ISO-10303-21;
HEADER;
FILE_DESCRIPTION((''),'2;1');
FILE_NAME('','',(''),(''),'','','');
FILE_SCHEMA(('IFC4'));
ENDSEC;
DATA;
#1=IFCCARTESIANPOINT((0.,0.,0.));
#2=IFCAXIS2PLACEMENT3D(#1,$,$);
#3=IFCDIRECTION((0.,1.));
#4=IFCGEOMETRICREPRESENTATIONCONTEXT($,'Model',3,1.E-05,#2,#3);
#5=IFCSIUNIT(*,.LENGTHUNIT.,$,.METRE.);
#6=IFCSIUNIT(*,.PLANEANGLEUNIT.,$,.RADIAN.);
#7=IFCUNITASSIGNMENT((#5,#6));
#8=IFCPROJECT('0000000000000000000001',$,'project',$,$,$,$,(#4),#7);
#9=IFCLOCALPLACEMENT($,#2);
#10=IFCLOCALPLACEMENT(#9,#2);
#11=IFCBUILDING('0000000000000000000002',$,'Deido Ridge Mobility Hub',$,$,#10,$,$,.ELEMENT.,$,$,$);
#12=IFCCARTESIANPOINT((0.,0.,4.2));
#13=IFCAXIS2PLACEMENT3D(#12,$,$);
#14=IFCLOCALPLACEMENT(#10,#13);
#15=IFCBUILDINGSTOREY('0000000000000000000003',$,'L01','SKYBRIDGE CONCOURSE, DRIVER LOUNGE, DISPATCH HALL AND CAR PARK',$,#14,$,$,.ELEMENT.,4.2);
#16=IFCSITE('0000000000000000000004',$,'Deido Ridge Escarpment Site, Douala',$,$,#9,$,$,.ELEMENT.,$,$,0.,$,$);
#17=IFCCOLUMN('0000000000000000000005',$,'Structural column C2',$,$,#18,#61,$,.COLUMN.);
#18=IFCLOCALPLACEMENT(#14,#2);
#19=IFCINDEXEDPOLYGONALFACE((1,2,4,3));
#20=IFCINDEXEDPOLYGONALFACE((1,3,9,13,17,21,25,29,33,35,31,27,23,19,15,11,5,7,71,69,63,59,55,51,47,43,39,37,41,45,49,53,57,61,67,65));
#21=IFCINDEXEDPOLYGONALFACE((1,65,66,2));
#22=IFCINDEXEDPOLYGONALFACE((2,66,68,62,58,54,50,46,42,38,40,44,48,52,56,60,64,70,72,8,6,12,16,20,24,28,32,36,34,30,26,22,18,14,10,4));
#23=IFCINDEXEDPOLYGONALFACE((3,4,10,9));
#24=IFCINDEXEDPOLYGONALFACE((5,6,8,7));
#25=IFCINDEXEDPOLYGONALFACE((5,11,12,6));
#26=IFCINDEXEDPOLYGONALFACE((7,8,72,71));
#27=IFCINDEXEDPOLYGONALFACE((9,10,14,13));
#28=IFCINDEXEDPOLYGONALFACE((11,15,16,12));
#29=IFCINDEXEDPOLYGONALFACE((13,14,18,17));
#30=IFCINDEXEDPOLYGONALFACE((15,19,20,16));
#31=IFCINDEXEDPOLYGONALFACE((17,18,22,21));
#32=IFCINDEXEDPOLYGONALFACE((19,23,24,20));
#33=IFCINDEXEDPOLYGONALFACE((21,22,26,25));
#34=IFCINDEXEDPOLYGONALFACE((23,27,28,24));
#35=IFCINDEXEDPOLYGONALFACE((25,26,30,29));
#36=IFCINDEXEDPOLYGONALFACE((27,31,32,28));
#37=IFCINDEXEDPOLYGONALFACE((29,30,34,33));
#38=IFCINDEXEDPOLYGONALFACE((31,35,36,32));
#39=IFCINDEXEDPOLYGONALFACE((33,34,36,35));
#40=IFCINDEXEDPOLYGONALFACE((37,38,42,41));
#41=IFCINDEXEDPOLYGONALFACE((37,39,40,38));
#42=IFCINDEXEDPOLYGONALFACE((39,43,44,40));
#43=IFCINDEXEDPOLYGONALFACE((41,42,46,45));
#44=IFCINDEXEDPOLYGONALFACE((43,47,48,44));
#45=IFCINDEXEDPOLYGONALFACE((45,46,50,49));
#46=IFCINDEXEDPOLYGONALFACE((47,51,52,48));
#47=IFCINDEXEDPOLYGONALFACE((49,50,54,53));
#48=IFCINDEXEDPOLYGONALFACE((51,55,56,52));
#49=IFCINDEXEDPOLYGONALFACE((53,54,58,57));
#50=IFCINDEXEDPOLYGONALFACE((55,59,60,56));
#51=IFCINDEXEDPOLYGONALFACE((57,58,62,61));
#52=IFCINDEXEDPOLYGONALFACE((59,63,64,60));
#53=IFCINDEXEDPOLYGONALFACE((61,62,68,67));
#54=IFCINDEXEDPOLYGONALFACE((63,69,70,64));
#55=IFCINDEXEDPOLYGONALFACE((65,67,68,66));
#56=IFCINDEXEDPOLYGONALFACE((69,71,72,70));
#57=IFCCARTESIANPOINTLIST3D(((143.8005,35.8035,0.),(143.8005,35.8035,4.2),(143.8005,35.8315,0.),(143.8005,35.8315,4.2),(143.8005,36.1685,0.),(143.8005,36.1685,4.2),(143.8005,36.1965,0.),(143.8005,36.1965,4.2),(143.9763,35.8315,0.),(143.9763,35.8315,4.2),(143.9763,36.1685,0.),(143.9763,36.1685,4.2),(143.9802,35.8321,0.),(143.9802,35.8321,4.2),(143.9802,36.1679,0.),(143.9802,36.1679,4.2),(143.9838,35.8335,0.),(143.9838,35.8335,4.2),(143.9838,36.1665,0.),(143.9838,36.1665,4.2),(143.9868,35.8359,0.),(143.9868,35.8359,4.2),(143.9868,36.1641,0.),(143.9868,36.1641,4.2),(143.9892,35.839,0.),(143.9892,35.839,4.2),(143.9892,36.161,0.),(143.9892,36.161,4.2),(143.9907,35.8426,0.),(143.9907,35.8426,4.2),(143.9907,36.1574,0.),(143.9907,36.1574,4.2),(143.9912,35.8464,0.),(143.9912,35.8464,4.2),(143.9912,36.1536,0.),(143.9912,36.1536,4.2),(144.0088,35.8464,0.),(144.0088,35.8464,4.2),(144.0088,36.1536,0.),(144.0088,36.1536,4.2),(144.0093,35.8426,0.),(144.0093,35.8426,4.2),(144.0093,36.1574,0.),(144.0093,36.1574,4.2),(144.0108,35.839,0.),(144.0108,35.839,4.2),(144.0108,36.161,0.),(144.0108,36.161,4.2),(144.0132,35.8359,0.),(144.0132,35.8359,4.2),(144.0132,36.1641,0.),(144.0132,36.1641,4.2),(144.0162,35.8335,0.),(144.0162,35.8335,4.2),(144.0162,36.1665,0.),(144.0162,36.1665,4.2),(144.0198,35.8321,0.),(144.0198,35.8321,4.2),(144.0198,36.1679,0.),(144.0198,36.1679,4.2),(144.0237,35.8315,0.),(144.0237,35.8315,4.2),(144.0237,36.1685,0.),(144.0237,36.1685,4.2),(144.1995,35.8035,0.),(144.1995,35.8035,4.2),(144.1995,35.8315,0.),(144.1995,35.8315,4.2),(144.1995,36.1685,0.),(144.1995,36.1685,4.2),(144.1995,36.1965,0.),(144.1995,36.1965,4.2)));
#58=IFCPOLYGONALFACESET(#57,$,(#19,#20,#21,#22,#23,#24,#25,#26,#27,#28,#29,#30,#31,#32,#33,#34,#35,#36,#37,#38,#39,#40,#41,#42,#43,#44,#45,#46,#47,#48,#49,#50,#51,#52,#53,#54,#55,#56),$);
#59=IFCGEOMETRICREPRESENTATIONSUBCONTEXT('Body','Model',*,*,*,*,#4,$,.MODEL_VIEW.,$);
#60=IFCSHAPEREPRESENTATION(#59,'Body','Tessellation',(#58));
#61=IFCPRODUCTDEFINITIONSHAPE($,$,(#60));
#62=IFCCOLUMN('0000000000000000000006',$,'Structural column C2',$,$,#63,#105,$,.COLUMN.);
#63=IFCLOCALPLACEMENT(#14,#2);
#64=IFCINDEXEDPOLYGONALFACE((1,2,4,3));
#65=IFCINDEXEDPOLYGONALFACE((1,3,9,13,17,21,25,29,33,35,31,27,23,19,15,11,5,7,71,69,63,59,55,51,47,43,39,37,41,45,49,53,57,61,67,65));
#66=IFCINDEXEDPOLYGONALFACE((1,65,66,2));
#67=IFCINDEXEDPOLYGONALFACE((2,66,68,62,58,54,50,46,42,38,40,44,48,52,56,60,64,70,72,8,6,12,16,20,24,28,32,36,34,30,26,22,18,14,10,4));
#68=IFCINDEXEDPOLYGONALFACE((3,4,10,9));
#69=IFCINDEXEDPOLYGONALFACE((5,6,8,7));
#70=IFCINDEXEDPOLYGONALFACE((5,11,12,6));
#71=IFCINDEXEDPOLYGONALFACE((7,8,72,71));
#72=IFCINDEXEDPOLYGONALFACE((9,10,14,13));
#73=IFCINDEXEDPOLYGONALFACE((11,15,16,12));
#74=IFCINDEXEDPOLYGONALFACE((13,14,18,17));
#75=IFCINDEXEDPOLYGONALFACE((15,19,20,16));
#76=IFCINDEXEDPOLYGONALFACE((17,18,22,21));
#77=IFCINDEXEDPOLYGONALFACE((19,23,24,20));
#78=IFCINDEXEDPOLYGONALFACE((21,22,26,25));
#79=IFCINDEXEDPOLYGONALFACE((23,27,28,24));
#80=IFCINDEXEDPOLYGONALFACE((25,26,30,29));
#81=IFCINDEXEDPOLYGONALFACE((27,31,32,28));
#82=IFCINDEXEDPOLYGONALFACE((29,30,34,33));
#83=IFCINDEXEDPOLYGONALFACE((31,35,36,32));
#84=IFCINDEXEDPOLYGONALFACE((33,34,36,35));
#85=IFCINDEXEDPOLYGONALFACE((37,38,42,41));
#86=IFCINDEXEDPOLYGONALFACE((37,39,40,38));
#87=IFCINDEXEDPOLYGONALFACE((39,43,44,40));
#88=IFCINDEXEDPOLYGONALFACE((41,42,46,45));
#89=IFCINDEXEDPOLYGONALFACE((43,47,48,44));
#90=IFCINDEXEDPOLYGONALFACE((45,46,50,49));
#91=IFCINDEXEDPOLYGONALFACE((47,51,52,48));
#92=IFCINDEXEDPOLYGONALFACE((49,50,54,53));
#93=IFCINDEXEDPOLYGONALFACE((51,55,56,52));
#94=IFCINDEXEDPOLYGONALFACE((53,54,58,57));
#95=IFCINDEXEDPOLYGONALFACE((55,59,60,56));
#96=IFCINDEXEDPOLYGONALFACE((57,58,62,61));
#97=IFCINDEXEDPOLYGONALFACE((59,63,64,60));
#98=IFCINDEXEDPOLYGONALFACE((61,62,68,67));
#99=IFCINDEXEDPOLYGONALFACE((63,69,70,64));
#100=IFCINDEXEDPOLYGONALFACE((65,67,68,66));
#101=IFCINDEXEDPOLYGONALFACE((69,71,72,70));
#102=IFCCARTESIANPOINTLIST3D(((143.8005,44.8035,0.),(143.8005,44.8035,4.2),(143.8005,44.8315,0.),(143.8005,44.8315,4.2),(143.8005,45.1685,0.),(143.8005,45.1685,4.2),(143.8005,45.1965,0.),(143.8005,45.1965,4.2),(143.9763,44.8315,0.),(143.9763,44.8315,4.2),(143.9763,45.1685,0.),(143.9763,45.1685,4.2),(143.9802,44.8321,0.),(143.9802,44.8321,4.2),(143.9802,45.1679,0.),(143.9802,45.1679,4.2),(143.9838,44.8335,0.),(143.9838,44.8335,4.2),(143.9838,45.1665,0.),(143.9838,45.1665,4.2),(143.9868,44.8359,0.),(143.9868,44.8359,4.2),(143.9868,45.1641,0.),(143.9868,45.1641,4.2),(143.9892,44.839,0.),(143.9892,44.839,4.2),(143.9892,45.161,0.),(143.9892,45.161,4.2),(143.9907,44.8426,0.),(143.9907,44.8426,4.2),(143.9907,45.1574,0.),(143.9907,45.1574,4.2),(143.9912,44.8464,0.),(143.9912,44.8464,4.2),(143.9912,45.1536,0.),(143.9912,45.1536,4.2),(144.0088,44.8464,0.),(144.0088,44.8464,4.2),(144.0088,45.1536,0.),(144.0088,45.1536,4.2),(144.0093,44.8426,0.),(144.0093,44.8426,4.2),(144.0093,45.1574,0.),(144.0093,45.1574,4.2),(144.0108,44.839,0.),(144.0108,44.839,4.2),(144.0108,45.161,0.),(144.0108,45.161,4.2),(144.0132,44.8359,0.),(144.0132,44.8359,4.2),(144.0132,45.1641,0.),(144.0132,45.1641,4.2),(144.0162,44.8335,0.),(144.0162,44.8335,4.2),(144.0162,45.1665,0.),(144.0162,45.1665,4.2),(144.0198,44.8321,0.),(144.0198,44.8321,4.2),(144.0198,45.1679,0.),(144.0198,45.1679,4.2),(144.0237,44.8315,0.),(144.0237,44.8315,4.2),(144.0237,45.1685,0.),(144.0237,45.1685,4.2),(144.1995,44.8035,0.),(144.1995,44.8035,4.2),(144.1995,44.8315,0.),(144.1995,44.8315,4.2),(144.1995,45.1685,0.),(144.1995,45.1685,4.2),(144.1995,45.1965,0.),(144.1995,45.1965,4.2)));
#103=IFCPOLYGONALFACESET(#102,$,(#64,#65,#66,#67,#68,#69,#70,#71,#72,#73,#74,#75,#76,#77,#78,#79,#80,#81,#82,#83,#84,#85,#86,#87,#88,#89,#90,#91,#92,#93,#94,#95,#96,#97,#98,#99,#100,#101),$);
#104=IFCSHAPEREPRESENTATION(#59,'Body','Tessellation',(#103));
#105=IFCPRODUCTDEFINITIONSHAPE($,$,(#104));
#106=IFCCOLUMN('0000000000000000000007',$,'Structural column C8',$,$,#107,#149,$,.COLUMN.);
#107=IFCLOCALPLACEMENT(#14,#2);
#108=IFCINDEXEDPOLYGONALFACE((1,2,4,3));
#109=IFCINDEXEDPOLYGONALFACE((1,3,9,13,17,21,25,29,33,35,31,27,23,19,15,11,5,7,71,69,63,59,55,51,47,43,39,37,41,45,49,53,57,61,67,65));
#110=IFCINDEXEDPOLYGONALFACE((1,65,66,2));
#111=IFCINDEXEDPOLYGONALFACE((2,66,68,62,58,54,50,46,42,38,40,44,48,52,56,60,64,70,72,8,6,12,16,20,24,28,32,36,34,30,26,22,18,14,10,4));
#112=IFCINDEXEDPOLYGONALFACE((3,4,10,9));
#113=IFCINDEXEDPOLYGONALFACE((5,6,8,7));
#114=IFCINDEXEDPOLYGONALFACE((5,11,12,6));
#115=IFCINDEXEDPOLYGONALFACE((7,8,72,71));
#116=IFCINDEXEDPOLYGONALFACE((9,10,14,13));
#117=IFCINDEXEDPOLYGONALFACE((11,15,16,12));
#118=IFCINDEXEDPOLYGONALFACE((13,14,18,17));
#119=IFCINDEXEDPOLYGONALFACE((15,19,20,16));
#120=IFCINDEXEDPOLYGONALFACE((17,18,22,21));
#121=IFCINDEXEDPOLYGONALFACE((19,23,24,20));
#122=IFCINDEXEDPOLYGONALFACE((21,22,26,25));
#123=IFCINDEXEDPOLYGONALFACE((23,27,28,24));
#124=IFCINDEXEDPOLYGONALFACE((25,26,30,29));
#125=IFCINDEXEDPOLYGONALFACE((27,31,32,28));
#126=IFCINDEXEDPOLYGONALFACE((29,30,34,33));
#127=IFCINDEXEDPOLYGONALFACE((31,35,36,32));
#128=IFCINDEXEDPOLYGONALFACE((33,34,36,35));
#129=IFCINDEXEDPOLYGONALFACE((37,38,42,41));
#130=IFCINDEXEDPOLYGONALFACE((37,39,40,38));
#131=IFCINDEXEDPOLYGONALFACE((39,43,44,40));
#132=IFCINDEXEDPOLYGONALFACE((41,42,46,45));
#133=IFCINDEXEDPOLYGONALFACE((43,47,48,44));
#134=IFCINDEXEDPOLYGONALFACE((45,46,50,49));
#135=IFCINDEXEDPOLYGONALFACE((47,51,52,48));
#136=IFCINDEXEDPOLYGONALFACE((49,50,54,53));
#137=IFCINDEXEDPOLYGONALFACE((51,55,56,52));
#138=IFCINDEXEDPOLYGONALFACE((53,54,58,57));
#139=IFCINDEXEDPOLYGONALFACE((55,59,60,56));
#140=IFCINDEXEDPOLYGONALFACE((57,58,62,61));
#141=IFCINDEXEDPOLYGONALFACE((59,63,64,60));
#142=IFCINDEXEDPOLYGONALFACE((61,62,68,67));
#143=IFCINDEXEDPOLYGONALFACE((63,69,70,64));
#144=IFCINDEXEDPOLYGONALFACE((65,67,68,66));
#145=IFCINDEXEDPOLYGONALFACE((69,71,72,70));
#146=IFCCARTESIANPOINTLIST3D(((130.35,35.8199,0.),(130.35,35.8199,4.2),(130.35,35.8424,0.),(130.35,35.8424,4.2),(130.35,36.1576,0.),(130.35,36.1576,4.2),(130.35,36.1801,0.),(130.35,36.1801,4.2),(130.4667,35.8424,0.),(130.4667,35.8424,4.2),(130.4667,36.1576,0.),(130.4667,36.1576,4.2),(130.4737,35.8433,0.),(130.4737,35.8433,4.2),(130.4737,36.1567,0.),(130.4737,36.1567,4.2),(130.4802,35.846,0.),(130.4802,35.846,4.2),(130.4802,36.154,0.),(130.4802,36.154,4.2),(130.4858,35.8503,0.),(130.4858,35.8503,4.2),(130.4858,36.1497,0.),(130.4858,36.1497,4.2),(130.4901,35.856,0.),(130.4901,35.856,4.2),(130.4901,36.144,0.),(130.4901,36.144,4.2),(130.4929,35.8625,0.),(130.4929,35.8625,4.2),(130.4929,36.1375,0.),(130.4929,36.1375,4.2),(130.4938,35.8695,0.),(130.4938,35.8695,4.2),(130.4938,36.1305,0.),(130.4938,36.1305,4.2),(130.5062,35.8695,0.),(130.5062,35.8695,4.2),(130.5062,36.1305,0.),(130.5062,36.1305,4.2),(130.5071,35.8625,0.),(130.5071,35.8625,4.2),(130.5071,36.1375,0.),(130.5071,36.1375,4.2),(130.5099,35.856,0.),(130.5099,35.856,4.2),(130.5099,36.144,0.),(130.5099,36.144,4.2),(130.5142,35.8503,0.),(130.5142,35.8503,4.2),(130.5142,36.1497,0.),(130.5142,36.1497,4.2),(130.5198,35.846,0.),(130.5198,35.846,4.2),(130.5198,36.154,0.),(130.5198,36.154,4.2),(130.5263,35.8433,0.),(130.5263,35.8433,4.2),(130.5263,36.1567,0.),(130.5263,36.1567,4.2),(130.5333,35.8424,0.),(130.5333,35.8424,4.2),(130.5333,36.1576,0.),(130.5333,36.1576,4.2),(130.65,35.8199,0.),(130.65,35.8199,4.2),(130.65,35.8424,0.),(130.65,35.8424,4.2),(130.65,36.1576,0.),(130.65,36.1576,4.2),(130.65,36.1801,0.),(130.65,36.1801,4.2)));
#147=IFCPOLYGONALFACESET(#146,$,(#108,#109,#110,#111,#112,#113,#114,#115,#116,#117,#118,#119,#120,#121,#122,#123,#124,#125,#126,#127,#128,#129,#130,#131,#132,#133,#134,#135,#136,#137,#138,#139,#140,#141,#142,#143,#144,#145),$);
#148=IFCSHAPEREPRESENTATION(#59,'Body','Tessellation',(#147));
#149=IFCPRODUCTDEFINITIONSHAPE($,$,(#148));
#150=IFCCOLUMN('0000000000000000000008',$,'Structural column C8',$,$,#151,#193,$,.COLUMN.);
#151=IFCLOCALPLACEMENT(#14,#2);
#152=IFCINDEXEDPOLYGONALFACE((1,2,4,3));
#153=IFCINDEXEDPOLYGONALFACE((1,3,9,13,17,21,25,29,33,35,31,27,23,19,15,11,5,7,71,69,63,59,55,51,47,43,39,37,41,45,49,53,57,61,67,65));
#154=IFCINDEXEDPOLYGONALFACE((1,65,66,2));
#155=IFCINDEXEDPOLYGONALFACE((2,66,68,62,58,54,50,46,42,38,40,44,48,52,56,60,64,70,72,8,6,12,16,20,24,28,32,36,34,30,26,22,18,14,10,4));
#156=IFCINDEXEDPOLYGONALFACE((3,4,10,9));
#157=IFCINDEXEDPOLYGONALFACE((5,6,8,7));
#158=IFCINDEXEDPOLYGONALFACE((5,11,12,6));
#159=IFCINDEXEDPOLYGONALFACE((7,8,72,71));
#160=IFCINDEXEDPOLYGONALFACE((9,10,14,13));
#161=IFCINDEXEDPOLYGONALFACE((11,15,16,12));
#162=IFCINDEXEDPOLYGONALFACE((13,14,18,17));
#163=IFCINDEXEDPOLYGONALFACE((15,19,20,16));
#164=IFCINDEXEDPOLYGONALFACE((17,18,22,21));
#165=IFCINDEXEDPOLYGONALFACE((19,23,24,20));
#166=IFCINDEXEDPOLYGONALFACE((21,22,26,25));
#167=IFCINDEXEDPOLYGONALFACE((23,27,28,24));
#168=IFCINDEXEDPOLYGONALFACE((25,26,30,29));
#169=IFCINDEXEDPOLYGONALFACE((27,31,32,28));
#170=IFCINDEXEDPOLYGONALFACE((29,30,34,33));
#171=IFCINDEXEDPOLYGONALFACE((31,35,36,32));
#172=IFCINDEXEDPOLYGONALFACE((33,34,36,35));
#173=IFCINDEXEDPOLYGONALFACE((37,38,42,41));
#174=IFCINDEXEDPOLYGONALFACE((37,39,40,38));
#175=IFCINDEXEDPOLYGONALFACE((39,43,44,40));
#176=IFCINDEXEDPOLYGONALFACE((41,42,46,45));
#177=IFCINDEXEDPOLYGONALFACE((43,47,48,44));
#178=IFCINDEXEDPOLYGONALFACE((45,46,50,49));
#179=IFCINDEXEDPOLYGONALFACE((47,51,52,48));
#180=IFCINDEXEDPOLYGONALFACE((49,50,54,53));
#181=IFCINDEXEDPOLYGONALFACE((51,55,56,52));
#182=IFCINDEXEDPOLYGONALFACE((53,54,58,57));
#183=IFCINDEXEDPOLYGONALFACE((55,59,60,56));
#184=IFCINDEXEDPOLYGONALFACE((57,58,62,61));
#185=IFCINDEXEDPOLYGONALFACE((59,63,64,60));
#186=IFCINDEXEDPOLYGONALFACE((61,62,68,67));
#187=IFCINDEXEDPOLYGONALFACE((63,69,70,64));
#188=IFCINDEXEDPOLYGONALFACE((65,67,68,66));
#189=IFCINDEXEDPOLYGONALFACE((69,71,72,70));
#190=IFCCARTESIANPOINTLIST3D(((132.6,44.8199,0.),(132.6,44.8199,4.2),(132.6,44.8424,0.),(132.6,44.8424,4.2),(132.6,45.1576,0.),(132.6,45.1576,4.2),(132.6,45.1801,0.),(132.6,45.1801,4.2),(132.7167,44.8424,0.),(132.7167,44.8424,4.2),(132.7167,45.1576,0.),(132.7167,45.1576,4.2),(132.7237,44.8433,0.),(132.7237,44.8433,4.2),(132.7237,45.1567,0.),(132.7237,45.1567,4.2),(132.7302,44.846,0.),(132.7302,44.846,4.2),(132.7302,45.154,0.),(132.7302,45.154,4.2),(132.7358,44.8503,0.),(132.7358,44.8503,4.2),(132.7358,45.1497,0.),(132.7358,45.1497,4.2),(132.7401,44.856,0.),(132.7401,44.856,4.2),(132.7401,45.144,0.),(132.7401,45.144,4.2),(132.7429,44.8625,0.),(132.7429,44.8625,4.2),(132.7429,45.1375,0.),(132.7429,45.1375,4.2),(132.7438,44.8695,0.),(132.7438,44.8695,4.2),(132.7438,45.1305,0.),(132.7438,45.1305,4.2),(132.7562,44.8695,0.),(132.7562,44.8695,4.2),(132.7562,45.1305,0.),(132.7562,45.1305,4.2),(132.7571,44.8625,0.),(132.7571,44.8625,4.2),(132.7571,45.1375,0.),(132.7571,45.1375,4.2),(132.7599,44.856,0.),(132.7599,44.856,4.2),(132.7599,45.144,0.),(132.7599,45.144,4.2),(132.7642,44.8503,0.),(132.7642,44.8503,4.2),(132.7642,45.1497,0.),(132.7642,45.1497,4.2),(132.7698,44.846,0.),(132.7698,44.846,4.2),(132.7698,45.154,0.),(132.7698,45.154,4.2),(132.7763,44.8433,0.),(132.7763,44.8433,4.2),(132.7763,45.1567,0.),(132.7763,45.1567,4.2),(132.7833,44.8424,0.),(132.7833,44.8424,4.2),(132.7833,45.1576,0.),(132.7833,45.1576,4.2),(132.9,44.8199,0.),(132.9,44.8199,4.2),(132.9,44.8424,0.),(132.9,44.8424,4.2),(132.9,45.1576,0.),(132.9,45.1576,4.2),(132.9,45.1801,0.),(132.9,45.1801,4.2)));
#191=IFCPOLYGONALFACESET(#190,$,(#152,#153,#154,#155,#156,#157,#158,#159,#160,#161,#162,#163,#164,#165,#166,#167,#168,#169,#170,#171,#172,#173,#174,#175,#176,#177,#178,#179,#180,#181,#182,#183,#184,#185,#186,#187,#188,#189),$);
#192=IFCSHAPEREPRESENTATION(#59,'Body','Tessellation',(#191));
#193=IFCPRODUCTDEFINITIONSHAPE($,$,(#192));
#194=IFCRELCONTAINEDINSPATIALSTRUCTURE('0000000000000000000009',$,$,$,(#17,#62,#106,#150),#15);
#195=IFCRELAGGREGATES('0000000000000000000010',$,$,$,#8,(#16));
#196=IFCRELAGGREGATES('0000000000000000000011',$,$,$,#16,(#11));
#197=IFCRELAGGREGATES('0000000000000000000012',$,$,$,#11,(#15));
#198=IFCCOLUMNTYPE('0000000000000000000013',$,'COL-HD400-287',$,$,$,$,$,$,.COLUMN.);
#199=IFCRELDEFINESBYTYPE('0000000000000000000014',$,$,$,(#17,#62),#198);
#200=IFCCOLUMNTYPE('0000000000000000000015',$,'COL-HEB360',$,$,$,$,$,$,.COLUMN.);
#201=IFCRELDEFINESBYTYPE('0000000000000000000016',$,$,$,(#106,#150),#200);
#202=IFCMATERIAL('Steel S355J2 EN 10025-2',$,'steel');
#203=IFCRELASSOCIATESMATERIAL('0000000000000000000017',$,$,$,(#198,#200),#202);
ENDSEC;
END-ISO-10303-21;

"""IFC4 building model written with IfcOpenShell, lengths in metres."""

from ifc_helpers import new_model, si_unit, direction, frame, origin, origin_2d, place, context, subcontext, project, spatial, i_section, extrude, material, material_profile, profile_set, type_object, element, save


model = new_model("IFC4")

# Units and contexts
model_context = context("Model", 3, precision=1e-05, world=origin(), true_north=direction((0.0, 1.0)))
body_context = subcontext(model_context, "Body", "Model", "MODEL_VIEW")
ifc_project = project(units=[si_unit("LENGTHUNIT", "METRE"), si_unit("PLANEANGLEUNIT", "RADIAN")], contexts=[model_context])

# Site, building, storey
site_placement = place(None, origin())
site = spatial("IfcSite", under=ifc_project, at=site_placement, Name="Deido Ridge Escarpment Site, Douala", CompositionType="ELEMENT", RefElevation=0.0)
building_placement = place(site_placement, origin())
building = spatial("IfcBuilding", under=site, at=building_placement, Name="Deido Ridge Mobility Hub", CompositionType="ELEMENT")
storey_placement = place(building_placement, frame((0.0, 0.0, 4.2)))
storey = spatial("IfcBuildingStorey", under=building, at=storey_placement, Name="L01", Description="SKYBRIDGE CONCOURSE, DRIVER LOUNGE, DISPATCH HALL AND CAR PARK", CompositionType="ELEMENT", Elevation=4.2)

# Columns
ifc_material_1 = material(Name="Steel S355J2 EN 10025-2", Category="steel")
ifc_material_profile_1 = material_profile(ifc_material_1, i_section(OverallWidth=0.3989, OverallDepth=0.3931, WebThickness=0.0176, FlangeThickness=0.0281, FilletRadius=0.0149, at=origin_2d()), Name="HD 400x287")
ifc_profile_set_1 = profile_set([ifc_material_profile_1], Name="Steel S355J2 EN 10025-2")
column_type_1 = type_object("IfcColumnType", Name="COL-HD400-287", PredefinedType="COLUMN", material=ifc_profile_set_1)
for number, where, z_axis, x_axis, name in (
    (1, (144.0, 36.0, 0.0), (0.0, 0.0, 1.0), (1.0, 0.0, 0.0), "Structural column C2"),
    (2, (144.0, 45.0, 0.0), (0.0, 0.0, 1.0), (1.0, 0.0, 0.0), "Structural column C2"),
):
    element("IfcColumn", number, at=place(storey_placement, frame(where, z_axis=z_axis, x_axis=x_axis)), inside=storey, type_object=column_type_1, Name=name, PredefinedType="COLUMN", context=body_context, shape_type="SweptSolid", body=[
        extrude(i_section(OverallWidth=0.3989, OverallDepth=0.3931, WebThickness=0.0176, FlangeThickness=0.0281, FilletRadius=0.0149, at=origin_2d()), origin(), (0.0, 0.0, 1.0), 4.2),
    ])
ifc_material_profile_2 = material_profile(ifc_material_1, i_section(OverallWidth=0.3, OverallDepth=0.3601, WebThickness=0.0125, FlangeThickness=0.0225, FilletRadius=0.0271, at=origin_2d()), Name="HEB 360")
ifc_profile_set_2 = profile_set([ifc_material_profile_2], Name="Steel S355J2 EN 10025-2")
column_type_2 = type_object("IfcColumnType", Name="COL-HEB360", PredefinedType="COLUMN", material=ifc_profile_set_2)
for number, where, z_axis, x_axis, name in (
    (3, (130.5, 36.0, 0.0), (0.0, 0.0, 1.0), (1.0, 0.0, 0.0), "Structural column C8"),
    (4, (132.75, 45.0, 0.0), (0.0, 0.0, 1.0), (1.0, 0.0, 0.0), "Structural column C8"),
):
    element("IfcColumn", number, at=place(storey_placement, frame(where, z_axis=z_axis, x_axis=x_axis)), inside=storey, type_object=column_type_2, Name=name, PredefinedType="COLUMN", context=body_context, shape_type="SweptSolid", body=[
        extrude(i_section(OverallWidth=0.3, OverallDepth=0.3601, WebThickness=0.0125, FlangeThickness=0.0225, FilletRadius=0.0271, at=origin_2d()), origin(), (0.0, 0.0, 1.0), 4.2),
    ])

save(model, "model.ifc")
